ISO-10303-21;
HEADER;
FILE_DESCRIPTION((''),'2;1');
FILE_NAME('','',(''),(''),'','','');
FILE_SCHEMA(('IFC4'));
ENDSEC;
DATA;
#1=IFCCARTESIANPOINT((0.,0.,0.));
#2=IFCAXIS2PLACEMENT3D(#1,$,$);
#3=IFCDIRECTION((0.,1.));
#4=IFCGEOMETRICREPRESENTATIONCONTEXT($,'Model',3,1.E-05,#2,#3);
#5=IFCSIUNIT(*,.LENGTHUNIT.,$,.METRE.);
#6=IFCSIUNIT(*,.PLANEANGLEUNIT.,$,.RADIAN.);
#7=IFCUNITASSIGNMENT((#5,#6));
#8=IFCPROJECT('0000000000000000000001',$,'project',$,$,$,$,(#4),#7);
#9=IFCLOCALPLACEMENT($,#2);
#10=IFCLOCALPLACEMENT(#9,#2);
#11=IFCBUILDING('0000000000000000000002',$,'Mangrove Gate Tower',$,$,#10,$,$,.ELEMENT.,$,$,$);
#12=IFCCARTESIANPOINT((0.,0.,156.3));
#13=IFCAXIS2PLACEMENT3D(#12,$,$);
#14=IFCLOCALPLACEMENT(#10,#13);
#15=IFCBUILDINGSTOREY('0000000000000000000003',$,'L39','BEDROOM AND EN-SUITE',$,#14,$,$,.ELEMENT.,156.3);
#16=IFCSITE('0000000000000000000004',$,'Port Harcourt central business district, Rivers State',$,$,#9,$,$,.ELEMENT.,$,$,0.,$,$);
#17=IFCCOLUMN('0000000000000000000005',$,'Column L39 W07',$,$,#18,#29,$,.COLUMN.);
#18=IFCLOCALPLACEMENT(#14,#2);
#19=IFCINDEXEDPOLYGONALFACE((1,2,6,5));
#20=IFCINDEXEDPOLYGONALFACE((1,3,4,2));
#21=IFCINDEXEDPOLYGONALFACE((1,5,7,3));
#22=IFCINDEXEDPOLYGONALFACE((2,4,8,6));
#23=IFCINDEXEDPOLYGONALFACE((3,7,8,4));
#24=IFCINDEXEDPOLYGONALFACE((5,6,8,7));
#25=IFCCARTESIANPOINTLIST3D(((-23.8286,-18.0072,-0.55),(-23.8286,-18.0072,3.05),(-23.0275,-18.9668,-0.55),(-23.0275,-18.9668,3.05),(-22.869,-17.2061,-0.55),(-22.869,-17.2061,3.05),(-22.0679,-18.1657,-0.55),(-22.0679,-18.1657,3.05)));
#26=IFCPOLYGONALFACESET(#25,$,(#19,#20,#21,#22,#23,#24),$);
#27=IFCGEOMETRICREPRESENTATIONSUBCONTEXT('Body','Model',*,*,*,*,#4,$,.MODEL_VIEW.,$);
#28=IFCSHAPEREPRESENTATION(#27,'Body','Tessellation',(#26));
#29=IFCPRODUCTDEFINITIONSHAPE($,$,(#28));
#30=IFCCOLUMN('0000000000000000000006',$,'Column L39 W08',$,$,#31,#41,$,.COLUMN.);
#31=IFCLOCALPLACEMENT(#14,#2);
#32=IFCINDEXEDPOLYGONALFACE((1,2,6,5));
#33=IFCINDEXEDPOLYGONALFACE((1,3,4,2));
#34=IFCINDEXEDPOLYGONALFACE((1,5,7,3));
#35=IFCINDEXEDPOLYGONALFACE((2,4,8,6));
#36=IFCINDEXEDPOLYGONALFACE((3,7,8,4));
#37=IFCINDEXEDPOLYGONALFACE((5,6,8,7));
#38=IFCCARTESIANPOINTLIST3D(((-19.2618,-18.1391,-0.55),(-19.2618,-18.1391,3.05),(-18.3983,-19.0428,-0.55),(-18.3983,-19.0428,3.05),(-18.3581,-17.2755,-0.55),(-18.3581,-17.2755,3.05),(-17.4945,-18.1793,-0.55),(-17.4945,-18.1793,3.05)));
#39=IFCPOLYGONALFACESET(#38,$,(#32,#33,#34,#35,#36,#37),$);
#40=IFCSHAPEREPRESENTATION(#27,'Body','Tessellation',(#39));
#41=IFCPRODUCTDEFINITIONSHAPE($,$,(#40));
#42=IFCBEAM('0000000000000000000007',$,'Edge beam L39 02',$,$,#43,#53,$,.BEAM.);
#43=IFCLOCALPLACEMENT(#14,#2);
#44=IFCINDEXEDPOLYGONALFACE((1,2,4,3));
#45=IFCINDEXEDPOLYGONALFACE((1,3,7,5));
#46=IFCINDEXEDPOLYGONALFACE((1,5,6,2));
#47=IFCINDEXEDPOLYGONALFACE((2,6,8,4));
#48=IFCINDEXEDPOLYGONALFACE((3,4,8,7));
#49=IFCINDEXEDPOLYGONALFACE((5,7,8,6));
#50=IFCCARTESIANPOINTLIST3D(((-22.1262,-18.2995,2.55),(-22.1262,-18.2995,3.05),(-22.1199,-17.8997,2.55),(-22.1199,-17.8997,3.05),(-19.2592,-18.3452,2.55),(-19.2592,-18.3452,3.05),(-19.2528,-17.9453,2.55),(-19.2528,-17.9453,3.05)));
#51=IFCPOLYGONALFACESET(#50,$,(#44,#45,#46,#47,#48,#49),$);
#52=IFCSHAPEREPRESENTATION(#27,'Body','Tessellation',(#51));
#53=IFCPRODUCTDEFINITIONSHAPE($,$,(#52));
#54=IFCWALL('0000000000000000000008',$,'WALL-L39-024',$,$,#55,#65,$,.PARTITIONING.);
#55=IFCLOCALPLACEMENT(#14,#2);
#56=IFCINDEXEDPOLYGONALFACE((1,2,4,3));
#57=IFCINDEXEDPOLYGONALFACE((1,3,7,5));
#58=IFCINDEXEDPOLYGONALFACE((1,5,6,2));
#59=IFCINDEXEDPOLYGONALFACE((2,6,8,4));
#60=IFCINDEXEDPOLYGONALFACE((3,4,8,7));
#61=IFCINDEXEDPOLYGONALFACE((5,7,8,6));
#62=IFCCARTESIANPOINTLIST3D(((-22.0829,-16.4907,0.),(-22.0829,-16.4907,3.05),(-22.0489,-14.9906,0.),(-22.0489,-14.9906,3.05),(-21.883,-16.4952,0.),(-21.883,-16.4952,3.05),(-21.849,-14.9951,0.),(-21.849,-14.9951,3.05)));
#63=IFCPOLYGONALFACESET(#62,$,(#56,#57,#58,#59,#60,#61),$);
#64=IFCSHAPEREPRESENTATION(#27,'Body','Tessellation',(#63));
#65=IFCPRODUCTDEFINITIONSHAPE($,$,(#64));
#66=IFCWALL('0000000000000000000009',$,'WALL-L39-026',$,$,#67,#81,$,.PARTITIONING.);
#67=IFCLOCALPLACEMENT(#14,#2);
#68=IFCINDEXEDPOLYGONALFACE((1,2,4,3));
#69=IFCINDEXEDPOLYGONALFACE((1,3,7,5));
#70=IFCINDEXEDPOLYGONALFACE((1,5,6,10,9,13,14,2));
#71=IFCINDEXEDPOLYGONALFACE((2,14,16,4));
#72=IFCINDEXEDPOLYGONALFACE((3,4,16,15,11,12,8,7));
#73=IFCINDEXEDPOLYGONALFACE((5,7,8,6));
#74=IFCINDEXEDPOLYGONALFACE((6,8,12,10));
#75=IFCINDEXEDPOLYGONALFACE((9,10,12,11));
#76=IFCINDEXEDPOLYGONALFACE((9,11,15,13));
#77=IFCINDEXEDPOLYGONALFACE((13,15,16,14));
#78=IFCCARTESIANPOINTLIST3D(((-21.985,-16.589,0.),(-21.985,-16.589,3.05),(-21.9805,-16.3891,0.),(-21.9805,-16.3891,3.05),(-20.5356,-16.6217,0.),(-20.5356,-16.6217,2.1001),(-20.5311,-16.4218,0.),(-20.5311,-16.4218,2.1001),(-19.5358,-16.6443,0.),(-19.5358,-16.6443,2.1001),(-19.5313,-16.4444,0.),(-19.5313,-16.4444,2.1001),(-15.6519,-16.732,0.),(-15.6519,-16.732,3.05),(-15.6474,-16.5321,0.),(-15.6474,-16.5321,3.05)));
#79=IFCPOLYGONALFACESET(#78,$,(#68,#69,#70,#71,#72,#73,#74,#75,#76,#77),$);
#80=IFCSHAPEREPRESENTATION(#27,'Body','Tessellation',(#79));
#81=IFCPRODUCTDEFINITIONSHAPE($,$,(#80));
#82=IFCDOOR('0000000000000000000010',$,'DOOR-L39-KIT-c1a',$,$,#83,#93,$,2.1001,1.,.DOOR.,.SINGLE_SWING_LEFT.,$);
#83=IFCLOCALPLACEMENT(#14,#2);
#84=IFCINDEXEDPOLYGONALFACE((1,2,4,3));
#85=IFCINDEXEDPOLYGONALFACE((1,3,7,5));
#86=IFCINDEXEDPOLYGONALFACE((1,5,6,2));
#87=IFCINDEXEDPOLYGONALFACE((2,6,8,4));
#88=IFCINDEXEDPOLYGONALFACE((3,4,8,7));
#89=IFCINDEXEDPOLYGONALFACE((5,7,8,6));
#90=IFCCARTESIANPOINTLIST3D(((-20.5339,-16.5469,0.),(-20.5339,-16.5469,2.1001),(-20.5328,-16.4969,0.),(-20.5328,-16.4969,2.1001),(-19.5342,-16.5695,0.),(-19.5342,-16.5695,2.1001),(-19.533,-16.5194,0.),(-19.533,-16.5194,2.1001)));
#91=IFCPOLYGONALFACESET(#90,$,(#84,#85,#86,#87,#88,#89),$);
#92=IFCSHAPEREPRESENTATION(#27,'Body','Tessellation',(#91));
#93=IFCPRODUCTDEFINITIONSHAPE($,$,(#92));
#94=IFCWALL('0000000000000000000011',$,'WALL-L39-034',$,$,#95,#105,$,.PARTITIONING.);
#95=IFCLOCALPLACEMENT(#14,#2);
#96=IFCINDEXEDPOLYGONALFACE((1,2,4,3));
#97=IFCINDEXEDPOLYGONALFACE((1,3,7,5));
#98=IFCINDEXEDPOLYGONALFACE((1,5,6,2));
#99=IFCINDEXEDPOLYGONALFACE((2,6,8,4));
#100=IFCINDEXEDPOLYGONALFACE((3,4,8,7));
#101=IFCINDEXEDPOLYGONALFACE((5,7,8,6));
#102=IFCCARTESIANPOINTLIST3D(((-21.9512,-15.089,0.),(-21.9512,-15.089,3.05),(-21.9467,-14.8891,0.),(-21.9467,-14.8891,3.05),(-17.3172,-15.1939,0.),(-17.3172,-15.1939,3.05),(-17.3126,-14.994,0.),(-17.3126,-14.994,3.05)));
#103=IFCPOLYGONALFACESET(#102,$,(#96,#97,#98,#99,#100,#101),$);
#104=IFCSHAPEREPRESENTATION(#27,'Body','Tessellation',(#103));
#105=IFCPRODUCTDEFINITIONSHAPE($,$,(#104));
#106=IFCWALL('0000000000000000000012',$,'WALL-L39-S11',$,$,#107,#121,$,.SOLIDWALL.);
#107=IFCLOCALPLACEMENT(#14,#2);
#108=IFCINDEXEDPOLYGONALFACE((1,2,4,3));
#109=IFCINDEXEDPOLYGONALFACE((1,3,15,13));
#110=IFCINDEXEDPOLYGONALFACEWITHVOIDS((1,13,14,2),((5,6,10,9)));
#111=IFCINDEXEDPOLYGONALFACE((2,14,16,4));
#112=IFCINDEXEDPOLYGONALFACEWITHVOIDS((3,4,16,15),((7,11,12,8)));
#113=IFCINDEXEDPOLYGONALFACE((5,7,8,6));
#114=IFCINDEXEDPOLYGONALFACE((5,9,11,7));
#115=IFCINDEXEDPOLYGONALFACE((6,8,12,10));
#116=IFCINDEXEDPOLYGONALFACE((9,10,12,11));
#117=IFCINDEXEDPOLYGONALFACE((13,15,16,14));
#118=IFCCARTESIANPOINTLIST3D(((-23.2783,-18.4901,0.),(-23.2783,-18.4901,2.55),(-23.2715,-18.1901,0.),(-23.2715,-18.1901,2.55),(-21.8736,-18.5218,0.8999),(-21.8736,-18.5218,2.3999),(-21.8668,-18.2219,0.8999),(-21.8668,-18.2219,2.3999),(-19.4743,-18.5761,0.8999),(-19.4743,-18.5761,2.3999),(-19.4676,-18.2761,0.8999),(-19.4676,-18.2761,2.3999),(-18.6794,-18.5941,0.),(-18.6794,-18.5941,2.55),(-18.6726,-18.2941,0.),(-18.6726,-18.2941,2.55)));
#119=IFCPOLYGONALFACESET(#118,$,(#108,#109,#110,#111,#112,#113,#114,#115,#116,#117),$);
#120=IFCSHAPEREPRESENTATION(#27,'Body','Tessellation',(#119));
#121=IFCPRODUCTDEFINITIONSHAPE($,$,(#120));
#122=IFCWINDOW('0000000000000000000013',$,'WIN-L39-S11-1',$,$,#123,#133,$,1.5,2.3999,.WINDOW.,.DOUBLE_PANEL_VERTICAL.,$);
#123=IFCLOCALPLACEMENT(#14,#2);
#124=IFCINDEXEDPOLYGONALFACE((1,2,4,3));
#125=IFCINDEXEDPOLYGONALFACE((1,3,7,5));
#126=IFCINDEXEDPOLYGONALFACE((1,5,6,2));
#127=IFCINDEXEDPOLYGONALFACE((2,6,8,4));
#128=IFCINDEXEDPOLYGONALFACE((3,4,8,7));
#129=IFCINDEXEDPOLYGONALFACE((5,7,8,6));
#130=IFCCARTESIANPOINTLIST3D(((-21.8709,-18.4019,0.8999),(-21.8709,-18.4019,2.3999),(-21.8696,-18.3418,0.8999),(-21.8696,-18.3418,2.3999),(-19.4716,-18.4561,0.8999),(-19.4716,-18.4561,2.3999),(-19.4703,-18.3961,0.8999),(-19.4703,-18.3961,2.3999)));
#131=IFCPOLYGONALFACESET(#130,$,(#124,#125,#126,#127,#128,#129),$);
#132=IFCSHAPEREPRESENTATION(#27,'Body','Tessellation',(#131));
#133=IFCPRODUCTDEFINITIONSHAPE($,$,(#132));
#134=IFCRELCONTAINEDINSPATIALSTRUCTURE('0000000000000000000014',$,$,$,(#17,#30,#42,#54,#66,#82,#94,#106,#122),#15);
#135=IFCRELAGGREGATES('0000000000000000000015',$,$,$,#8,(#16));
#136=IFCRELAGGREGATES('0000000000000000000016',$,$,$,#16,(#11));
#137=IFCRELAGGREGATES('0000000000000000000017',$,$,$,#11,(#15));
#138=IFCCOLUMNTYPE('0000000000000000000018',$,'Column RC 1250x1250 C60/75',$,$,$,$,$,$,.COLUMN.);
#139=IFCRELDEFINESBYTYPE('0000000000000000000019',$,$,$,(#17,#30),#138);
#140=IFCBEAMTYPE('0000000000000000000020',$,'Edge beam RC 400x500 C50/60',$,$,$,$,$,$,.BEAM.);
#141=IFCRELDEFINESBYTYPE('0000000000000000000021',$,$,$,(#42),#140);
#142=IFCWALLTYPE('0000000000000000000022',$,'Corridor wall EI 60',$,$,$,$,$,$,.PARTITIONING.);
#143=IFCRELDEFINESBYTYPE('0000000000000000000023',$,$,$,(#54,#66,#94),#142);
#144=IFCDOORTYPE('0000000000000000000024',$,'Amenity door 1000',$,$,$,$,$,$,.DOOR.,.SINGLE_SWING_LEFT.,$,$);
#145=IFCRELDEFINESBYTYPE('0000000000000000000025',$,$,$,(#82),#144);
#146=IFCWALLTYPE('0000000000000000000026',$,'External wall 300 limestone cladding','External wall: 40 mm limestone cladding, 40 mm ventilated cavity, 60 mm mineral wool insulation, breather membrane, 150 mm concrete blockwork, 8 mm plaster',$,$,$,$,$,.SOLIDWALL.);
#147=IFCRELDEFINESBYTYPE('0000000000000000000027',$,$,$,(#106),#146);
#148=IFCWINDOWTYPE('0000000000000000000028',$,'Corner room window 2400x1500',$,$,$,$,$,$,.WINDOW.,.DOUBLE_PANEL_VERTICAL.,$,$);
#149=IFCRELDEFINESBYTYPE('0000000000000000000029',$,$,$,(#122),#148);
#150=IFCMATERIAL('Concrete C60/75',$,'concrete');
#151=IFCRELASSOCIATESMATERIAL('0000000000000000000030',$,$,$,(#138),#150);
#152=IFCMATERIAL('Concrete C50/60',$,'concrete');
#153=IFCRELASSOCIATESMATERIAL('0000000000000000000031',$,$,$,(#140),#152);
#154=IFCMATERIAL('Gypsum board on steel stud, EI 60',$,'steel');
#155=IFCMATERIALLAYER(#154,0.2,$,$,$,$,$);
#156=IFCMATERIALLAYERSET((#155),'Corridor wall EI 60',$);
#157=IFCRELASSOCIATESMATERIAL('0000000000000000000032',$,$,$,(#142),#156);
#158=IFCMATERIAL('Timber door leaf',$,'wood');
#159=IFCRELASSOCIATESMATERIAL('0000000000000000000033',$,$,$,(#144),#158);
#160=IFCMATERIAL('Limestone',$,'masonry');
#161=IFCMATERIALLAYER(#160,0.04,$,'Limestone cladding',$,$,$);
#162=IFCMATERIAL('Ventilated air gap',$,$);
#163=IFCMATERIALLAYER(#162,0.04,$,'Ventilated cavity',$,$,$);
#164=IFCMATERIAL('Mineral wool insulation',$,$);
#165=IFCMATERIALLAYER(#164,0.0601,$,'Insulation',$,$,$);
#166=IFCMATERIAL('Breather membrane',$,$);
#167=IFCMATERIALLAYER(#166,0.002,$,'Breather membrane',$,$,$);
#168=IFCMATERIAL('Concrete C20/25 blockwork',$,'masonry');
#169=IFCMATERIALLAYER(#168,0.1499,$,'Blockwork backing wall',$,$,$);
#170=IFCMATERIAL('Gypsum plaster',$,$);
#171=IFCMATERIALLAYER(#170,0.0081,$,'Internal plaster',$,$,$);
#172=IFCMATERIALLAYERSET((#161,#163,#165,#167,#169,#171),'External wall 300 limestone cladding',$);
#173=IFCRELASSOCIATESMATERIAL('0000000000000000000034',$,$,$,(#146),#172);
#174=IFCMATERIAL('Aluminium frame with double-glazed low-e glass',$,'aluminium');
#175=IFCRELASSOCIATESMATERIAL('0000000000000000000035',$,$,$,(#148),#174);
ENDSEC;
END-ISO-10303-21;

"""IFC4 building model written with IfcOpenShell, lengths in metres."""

from ifc_helpers import new_model, si_unit, direction, frame, frame_2d, origin, origin_2d, place, context, subcontext, project, spatial, rectangle, extrude, material, layer, layer_set, material_profile, profile_set, type_object, element, fill, save


model = new_model("IFC4")

# Units and contexts
model_context = context("Model", 3, precision=1e-05, world=origin(), true_north=direction((0.0, 1.0)))
body_context = subcontext(model_context, "Body", "Model", "MODEL_VIEW")
ifc_project = project(units=[si_unit("LENGTHUNIT", "METRE"), si_unit("PLANEANGLEUNIT", "RADIAN")], contexts=[model_context])

# Site, building, storey
site_placement = place(None, origin())
site = spatial("IfcSite", under=ifc_project, at=site_placement, Name="Port Harcourt central business district, Rivers State", CompositionType="ELEMENT", RefElevation=0.0)
building_placement = place(site_placement, origin())
building = spatial("IfcBuilding", under=site, at=building_placement, Name="Mangrove Gate Tower", CompositionType="ELEMENT")
storey_placement = place(building_placement, frame((0.0, 0.0, 156.3)))
storey = spatial("IfcBuildingStorey", under=building, at=storey_placement, Name="L39", Description="BEDROOM AND EN-SUITE", CompositionType="ELEMENT", Elevation=156.3)

# Columns
ifc_material_1 = material(Name="Concrete C60/75", Category="concrete")
ifc_material_profile_1 = material_profile(ifc_material_1, rectangle(XDim=1.25, YDim=1.25, at=origin_2d()))
ifc_profile_set_1 = profile_set([ifc_material_profile_1], Name="Concrete C60/75")
column_type = type_object("IfcColumnType", Name="Column RC 1250x1250 C60/75", PredefinedType="COLUMN", material=ifc_profile_set_1)
for number, where, z_axis, x_axis, name in (
    (1, (-22.9482, -18.0864, -0.55), (0.0, 0.0, 1.0), (0.640874, -0.767646, 0.0), "Column L39 W07"),
    (2, (-18.3782, -18.1592, -0.55), (0.0, 0.0, 1.0), (0.69086, -0.722989, 0.0), "Column L39 W08"),
):
    element("IfcColumn", number, at=place(storey_placement, frame(where, z_axis=z_axis, x_axis=x_axis)), inside=storey, type_object=column_type, Name=name, PredefinedType="COLUMN", context=body_context, shape_type="SweptSolid", body=[
        extrude(rectangle(XDim=1.25, YDim=1.25, at=origin_2d()), origin(), (0.0, 0.0, 1.0), 3.6001),
    ])

# Beam
ifc_material_2 = material(Name="Concrete C50/60", Category="concrete")
ifc_material_profile_2 = material_profile(ifc_material_2, rectangle(XDim=0.3999, YDim=0.5, at=origin_2d()))
ifc_profile_set_2 = profile_set([ifc_material_profile_2], Name="Concrete C50/60")
beam_type = type_object("IfcBeamType", Name="Edge beam RC 400x500 C50/60", PredefinedType="BEAM", material=ifc_profile_set_2)
beam_placement = place(storey_placement, frame((-22.123, -18.0996, 2.8), z_axis=(0.999873, -0.015921, 0.0), x_axis=(0.015921, 0.999873, 0.0)))
element("IfcBeam", 3, at=beam_placement, inside=storey, type_object=beam_type, Name="Edge beam L39 02", PredefinedType="BEAM", context=body_context, shape_type="SweptSolid", body=[
    extrude(rectangle(XDim=0.3999, YDim=0.5, at=origin_2d()), origin(), (0.0, 0.0, 1.0), 2.8674),
])

# Wall
ifc_material_3 = material(Name="Gypsum board on steel stud, EI 60", Category="steel")
ifc_layer_1 = layer(ifc_material_3, 0.2)
ifc_layer_set_1 = layer_set([ifc_layer_1], Name="Corridor wall EI 60")
wall_type_1 = type_object("IfcWallType", Name="Corridor wall EI 60", PredefinedType="PARTITIONING", material=ifc_layer_set_1)
wall_1_placement = place(storey_placement, frame((-21.9829, -16.4929, 0.0), z_axis=(0.0, 0.0, 1.0), x_axis=(0.022618, 0.999744, 0.0)))
element("IfcWall", 4, at=wall_1_placement, inside=storey, type_object=wall_type_1, Name="WALL-L39-024", PredefinedType="PARTITIONING", context=body_context, shape_type="SweptSolid", body=[
    extrude(rectangle(XDim=1.5005, YDim=0.2, at=frame_2d((0.7502, 0.0))), origin(), (0.0, 0.0, 1.0), 3.05),
])

# Wall, opening, door
wall_2_placement = place(storey_placement, frame((-21.9829, -16.489, 0.0), z_axis=(0.0, 0.0, 1.0), x_axis=(0.999745, -0.022585, 0.0)))
wall_2 = element("IfcWall", 5, at=wall_2_placement, inside=storey, type_object=wall_type_1, Name="WALL-L39-026", PredefinedType="PARTITIONING", context=body_context, shape_type="SweptSolid", body=[
    extrude(rectangle(XDim=6.3347, YDim=0.2, at=frame_2d((3.1675, 0.0))), origin(), (0.0, 0.0, 1.0), 3.05),
])
opening_1_placement = place(wall_2_placement, frame((1.45, 0.0, 0.0)))
opening_1 = element("IfcOpeningElement", 6, at=opening_1_placement, cuts=wall_2, PredefinedType="OPENING", context=body_context, shape_type="SweptSolid", body=[
    extrude(rectangle(XDim=1.0, YDim=2.1001, at=frame_2d((0.5, 1.05))), frame((0.0, 0.1099, 0.0), z_axis=(0.0, -1.0, 0.0), x_axis=(1.0, 0.0, 0.0)), (0.0, 0.0, 1.0), 0.22),
])
ifc_material_4 = material(Name="Timber door leaf", Category="wood")
door_type_1 = type_object("IfcDoorType", Name="Amenity door 1000", OperationType="SINGLE_SWING_LEFT", PredefinedType="DOOR", material=ifc_material_4)
door_1_placement = place(opening_1_placement, origin())
door_1 = element("IfcDoor", 7, at=door_1_placement, inside=storey, type_object=door_type_1, Name="DOOR-L39-KIT-c1a", OperationType="SINGLE_SWING_LEFT", OverallHeight=2.1001, OverallWidth=1.0, PredefinedType="DOOR", context=body_context, shape_type="SweptSolid", body=[
    extrude(rectangle(XDim=1.0, YDim=2.1001, at=frame_2d((0.5, 1.05))), frame((0.0, 0.0249, 0.0), z_axis=(0.0, -1.0, 0.0), x_axis=(1.0, 0.0, 0.0)), (0.0, 0.0, 1.0), 0.05),
])
fill(opening_1, door_1)

# Wall
wall_3_placement = place(storey_placement, frame((-21.949, -14.989, 0.0), z_axis=(0.0, 0.0, 1.0), x_axis=(0.999743, -0.022648, 0.0)))
element("IfcWall", 8, at=wall_3_placement, inside=storey, type_object=wall_type_1, Name="WALL-L39-034", PredefinedType="PARTITIONING", context=body_context, shape_type="SweptSolid", body=[
    extrude(rectangle(XDim=4.6353, YDim=0.2, at=frame_2d((2.3176, 0.0))), origin(), (0.0, 0.0, 1.0), 3.05),
])

# Wall, opening, window
ifc_material_5 = material(Name="Limestone", Category="masonry")
ifc_layer_2 = layer(ifc_material_5, 0.04, Name="Limestone cladding")
ifc_material_6 = material(Name="Ventilated air gap")
ifc_layer_3 = layer(ifc_material_6, 0.04, Name="Ventilated cavity")
ifc_material_7 = material(Name="Mineral wool insulation")
ifc_layer_4 = layer(ifc_material_7, 0.0601, Name="Insulation")
ifc_material_8 = material(Name="Breather membrane")
ifc_layer_5 = layer(ifc_material_8, 0.002, Name="Breather membrane")
ifc_material_9 = material(Name="Concrete C20/25 blockwork", Category="masonry")
ifc_layer_6 = layer(ifc_material_9, 0.1499, Name="Blockwork backing wall")
ifc_material_10 = material(Name="Gypsum plaster")
ifc_layer_7 = layer(ifc_material_10, 0.0081, Name="Internal plaster")
ifc_layer_set_2 = layer_set([ifc_layer_2, ifc_layer_3, ifc_layer_4, ifc_layer_5, ifc_layer_6, ifc_layer_7], Name="External wall 300 limestone cladding")
wall_type_2 = type_object("IfcWallType", Name="External wall 300 limestone cladding", Description="External wall: 40 mm limestone cladding, 40 mm ventilated cavity, 60 mm mineral wool insulation, breather membrane, 150 mm concrete blockwork, 8 mm plaster", PredefinedType="SOLIDWALL", material=ifc_layer_set_2)
wall_4_placement = place(storey_placement, frame((-23.2749, -18.3401, 0.0), z_axis=(0.0, 0.0, 1.0), x_axis=(0.999744, -0.022609, 0.0)))
wall_4 = element("IfcWall", 9, at=wall_4_placement, inside=storey, type_object=wall_type_2, Name="WALL-L39-S11", PredefinedType="SOLIDWALL", context=body_context, shape_type="SweptSolid", body=[
    extrude(rectangle(XDim=4.6001, YDim=0.3, at=frame_2d((2.3, 0.0))), origin(), (0.0, 0.0, 1.0), 2.55),
])
opening_2_placement = place(wall_4_placement, frame((1.405, 0.0, 0.8999)))
opening_2 = element("IfcOpeningElement", 10, at=opening_2_placement, cuts=wall_4, PredefinedType="OPENING", context=body_context, shape_type="SweptSolid", body=[
    extrude(rectangle(XDim=2.3999, YDim=1.5, at=frame_2d((1.2, 0.75))), frame((0.0, 0.1599, 0.0), z_axis=(0.0, -1.0, 0.0), x_axis=(1.0, 0.0, 0.0)), (0.0, 0.0, 1.0), 0.3201),
])
ifc_material_11 = material(Name="Aluminium frame with double-glazed low-e glass", Category="aluminium")
window_type = type_object("IfcWindowType", Name="Corner room window 2400x1500", PartitioningType="DOUBLE_PANEL_VERTICAL", PredefinedType="WINDOW", material=ifc_material_11)
window_placement = place(opening_2_placement, origin())
window = element("IfcWindow", 11, at=window_placement, inside=storey, type_object=window_type, Name="WIN-L39-S11-1", OverallHeight=1.5, OverallWidth=2.3999, PartitioningType="DOUBLE_PANEL_VERTICAL", PredefinedType="WINDOW", context=body_context, shape_type="SweptSolid", body=[
    extrude(rectangle(XDim=2.3999, YDim=1.5, at=frame_2d((1.2, 0.75))), frame((0.0, 0.03, 0.0), z_axis=(0.0, -1.0, 0.0), x_axis=(1.0, 0.0, 0.0)), (0.0, 0.0, 1.0), 0.0601),
])
fill(opening_2, window)

save(model, "model.ifc")
